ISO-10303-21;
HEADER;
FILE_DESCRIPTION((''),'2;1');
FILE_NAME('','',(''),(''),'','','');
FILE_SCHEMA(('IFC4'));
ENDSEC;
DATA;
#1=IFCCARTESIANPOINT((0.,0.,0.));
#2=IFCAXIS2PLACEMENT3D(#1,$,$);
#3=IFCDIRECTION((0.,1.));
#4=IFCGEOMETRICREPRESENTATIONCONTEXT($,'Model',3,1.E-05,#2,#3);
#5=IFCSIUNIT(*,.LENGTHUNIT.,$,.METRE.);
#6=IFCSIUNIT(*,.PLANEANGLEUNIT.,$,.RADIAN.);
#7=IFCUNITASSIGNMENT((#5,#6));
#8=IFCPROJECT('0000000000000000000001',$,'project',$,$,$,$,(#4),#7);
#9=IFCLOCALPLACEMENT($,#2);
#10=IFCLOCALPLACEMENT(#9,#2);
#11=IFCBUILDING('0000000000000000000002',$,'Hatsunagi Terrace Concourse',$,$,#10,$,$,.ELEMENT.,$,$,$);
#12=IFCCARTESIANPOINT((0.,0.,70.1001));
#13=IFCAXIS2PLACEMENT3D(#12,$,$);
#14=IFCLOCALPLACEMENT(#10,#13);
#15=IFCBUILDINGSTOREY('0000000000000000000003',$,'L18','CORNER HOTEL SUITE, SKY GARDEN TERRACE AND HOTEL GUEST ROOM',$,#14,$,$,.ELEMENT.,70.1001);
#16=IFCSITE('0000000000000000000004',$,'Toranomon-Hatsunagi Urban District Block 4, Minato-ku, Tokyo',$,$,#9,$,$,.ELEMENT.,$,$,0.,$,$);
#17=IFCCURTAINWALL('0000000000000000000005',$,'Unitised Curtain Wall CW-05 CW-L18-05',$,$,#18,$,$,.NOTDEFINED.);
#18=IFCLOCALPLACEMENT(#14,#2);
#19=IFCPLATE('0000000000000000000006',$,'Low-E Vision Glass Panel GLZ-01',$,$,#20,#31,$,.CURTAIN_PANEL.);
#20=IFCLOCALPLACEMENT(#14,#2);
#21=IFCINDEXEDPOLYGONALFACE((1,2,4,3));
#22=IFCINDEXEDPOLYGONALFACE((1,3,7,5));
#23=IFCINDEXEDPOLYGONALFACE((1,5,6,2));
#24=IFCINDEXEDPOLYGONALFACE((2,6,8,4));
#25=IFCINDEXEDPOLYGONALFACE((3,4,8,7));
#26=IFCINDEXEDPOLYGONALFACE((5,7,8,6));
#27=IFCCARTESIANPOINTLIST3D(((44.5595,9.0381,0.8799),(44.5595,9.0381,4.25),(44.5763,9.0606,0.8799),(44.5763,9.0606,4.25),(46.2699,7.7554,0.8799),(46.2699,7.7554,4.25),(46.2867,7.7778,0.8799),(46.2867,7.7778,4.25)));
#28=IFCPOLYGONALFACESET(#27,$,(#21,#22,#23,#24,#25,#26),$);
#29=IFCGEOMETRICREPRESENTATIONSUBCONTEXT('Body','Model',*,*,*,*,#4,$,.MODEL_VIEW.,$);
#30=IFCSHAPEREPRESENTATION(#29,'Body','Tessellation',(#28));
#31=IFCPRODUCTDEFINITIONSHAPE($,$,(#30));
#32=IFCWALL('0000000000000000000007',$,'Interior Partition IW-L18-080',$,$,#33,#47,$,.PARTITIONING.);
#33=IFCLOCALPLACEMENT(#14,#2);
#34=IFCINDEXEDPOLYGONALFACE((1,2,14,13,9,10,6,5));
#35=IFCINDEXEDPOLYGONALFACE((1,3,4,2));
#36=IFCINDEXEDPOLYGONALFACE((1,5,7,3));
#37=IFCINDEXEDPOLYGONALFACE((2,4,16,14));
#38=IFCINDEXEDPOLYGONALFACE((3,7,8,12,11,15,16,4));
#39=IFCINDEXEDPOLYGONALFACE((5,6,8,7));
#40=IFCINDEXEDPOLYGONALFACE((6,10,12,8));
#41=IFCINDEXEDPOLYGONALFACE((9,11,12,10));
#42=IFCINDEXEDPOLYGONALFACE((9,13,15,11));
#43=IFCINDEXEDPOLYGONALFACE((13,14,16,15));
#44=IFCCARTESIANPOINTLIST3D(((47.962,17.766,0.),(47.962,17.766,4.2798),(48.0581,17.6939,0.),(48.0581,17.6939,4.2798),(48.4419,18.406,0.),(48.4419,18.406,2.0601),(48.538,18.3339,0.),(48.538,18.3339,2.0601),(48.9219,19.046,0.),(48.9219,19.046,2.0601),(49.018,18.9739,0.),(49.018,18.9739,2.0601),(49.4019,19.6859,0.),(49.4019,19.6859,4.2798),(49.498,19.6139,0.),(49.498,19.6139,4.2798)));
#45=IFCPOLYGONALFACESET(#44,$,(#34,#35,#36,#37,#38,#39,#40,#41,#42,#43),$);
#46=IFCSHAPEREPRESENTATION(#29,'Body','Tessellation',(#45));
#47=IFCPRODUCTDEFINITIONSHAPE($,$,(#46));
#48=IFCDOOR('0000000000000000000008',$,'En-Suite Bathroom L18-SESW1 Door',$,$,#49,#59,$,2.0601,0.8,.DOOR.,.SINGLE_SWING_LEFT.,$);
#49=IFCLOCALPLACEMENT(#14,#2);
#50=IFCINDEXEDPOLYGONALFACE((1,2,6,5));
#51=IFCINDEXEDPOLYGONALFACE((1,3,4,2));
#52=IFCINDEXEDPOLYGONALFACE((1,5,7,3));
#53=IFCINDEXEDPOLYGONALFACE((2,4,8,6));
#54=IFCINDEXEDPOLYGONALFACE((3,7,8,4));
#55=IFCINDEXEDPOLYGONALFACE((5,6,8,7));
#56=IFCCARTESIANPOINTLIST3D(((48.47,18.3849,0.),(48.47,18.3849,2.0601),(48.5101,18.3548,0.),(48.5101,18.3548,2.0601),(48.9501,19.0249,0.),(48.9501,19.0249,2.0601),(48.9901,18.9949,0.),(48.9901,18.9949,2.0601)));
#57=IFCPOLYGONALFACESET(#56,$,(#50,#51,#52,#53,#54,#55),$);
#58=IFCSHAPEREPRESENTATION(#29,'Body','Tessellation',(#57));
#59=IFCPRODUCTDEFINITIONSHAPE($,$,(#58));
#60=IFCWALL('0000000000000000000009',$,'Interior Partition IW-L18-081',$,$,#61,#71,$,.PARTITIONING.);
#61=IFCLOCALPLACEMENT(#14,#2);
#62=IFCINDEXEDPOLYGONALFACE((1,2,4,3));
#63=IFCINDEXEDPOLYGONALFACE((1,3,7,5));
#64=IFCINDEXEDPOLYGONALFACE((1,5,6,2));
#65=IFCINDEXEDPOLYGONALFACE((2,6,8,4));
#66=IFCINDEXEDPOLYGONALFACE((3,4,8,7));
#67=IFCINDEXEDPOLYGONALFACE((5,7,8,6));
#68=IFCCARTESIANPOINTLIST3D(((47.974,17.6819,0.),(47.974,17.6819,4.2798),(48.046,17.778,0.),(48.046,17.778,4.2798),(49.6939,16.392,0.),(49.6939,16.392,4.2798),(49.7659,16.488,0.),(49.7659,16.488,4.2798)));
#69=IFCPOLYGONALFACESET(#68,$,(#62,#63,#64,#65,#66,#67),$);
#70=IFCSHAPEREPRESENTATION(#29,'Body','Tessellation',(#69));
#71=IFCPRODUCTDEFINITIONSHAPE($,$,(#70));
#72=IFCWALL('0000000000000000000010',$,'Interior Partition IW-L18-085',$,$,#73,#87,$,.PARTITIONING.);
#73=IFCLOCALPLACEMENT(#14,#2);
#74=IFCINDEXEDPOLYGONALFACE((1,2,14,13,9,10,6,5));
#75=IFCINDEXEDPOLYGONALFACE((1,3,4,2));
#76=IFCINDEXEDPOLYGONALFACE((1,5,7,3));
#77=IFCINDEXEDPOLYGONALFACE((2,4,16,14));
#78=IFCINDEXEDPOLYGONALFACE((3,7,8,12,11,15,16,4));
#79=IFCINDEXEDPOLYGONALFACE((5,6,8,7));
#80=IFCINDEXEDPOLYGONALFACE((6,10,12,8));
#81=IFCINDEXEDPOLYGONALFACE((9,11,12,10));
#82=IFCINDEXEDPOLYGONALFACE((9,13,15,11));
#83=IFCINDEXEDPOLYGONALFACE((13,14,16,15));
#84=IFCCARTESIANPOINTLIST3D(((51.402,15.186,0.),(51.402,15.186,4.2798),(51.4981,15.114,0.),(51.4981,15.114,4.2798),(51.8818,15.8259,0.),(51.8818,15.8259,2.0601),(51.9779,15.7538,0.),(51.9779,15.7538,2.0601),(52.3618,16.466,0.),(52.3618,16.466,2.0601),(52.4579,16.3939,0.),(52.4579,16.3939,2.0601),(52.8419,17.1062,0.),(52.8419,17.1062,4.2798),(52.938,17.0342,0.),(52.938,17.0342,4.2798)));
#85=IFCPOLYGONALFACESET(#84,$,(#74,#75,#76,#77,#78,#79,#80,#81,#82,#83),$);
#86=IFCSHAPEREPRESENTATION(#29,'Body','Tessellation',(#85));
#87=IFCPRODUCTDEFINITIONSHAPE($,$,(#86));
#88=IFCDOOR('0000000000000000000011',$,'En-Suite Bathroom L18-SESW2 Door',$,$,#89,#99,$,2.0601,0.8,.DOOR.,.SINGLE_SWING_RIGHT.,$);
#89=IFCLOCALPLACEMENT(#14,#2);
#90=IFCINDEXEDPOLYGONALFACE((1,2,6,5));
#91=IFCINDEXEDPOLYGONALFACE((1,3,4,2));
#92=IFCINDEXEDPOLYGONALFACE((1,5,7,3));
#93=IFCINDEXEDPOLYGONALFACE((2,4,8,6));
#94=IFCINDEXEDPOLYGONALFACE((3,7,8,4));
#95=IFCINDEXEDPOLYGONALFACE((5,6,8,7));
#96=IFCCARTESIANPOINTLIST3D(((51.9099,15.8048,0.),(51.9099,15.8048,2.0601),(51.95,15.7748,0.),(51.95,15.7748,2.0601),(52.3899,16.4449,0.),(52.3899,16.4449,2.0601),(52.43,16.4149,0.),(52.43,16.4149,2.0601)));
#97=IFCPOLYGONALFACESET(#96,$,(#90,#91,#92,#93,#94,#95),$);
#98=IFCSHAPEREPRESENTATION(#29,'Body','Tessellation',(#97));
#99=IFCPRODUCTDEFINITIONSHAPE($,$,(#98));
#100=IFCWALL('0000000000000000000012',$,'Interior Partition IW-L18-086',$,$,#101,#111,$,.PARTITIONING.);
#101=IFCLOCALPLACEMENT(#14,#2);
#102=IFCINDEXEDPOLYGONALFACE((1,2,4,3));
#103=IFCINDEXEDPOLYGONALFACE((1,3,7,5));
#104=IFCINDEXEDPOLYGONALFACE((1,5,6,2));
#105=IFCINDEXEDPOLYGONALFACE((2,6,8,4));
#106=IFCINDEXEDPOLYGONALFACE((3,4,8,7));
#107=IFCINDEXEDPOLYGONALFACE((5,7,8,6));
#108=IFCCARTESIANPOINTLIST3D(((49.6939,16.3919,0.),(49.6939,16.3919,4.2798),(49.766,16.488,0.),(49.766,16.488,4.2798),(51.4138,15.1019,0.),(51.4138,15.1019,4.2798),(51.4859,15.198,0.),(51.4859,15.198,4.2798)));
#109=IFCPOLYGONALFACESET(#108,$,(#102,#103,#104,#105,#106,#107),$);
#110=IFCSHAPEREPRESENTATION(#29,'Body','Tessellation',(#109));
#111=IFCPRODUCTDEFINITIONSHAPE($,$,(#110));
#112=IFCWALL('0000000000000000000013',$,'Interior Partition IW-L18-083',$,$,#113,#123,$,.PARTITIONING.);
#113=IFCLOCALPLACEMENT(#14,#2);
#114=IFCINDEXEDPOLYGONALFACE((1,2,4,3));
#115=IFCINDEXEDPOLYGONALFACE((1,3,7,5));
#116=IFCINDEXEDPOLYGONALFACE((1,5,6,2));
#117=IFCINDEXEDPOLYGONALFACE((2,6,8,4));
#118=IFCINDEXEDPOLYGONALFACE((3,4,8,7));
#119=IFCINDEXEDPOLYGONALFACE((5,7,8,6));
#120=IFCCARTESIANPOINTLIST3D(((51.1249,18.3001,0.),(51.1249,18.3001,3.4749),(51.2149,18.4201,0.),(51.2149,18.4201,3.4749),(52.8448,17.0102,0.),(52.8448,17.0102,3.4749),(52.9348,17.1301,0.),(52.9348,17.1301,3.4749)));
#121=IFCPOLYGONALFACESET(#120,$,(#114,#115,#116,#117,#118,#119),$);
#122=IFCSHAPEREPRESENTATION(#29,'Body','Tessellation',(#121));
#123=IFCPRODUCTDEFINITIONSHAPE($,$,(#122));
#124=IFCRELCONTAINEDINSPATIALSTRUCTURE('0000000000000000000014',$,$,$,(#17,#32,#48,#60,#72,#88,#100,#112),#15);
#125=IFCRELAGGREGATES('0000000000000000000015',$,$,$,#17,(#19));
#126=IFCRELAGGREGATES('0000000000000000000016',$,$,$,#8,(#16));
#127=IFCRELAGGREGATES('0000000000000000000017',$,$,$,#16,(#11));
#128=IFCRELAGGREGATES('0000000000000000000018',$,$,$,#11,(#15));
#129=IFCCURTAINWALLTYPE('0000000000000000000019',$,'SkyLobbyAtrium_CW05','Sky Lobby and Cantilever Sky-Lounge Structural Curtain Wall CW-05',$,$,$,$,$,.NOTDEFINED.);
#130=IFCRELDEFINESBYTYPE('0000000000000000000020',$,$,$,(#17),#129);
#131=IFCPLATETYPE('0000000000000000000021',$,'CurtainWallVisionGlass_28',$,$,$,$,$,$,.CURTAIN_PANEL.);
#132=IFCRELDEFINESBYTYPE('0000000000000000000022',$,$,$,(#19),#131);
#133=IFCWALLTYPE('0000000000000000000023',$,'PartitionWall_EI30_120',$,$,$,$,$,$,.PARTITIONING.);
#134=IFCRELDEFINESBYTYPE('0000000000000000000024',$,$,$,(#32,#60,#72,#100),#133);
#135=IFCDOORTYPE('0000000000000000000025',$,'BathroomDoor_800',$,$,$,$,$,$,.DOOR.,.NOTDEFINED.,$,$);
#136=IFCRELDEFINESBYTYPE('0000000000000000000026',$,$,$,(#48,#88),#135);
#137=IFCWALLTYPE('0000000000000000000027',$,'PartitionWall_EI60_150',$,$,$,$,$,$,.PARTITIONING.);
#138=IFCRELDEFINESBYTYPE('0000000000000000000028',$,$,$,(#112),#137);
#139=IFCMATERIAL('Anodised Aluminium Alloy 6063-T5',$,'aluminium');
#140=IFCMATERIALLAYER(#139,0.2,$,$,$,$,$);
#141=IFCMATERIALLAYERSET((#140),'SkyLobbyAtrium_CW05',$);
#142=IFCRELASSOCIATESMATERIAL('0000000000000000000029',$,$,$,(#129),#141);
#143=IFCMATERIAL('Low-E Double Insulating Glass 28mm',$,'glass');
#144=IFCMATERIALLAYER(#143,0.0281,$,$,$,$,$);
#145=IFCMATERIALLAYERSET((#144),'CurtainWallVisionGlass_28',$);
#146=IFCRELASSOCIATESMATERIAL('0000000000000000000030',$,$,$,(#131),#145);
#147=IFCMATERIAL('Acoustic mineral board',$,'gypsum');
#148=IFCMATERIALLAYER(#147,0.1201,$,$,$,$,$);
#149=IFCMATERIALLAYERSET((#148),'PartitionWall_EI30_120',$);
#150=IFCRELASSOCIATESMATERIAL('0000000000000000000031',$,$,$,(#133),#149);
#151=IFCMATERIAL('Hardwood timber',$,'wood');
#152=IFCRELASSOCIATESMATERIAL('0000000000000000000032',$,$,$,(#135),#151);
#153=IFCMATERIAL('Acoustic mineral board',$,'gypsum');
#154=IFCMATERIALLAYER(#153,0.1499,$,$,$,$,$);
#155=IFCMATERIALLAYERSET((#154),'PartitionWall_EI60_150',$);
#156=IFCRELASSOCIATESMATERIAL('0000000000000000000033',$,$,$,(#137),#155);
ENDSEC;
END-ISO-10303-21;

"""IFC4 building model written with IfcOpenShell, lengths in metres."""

from ifc_helpers import new_model, si_unit, direction, frame, frame_2d, origin, origin_2d, place, context, subcontext, project, spatial, rectangle, extrude, material, layer, layer_set, type_object, element, fill, aggregate, save


model = new_model("IFC4")

# Units and contexts
model_context = context("Model", 3, precision=1e-05, world=origin(), true_north=direction((0.0, 1.0)))
body_context = subcontext(model_context, "Body", "Model", "MODEL_VIEW")
ifc_project = project(units=[si_unit("LENGTHUNIT", "METRE"), si_unit("PLANEANGLEUNIT", "RADIAN")], contexts=[model_context])

# Site, building, storey
site_placement = place(None, origin())
site = spatial("IfcSite", under=ifc_project, at=site_placement, Name="Toranomon-Hatsunagi Urban District Block 4, Minato-ku, Tokyo", CompositionType="ELEMENT", RefElevation=0.0)
building_placement = place(site_placement, origin())
building = spatial("IfcBuilding", under=site, at=building_placement, Name="Hatsunagi Terrace Concourse", CompositionType="ELEMENT")
storey_placement = place(building_placement, frame((0.0, 0.0, 70.1001)))
storey = spatial("IfcBuildingStorey", under=building, at=storey_placement, Name="L18", Description="CORNER HOTEL SUITE, SKY GARDEN TERRACE AND HOTEL GUEST ROOM", CompositionType="ELEMENT", Elevation=70.1001)

# Curtain wall
ifc_material_1 = material(Name="Anodised Aluminium Alloy 6063-T5", Category="aluminium")
ifc_layer_1 = layer(ifc_material_1, 0.2)
ifc_layer_set_1 = layer_set([ifc_layer_1], Name="SkyLobbyAtrium_CW05")
curtain_wall_type = type_object("IfcCurtainWallType", Name="SkyLobbyAtrium_CW05", Description="Sky Lobby and Cantilever Sky-Lounge Structural Curtain Wall CW-05", PredefinedType="NOTDEFINED", material=ifc_layer_set_1)
curtain_wall_placement = place(storey_placement, origin())
curtain_wall = element("IfcCurtainWall", 1, at=curtain_wall_placement, inside=storey, type_object=curtain_wall_type, Name="Unitised Curtain Wall CW-05 CW-L18-05", PredefinedType="NOTDEFINED")

# Plate
ifc_material_2 = material(Name="Low-E Double Insulating Glass 28mm", Category="glass")
ifc_layer_2 = layer(ifc_material_2, 0.0281)
ifc_layer_set_2 = layer_set([ifc_layer_2], Name="CurtainWallVisionGlass_28")
plate_type_1 = type_object("IfcPlateType", Name="CurtainWallVisionGlass_28", PredefinedType="CURTAIN_PANEL", material=ifc_layer_set_2)
plate_1_placement = place(storey_placement, frame((45.4231, 8.408, 0.8799), z_axis=(0.0, 0.0, 1.0), x_axis=(-0.800003, 0.599996, 0.0)))
plate_1 = element("IfcPlate", 2, at=plate_1_placement, type_object=plate_type_1, Name="Low-E Vision Glass Panel GLZ-01", PredefinedType="CURTAIN_PANEL", context=body_context, shape_type="SweptSolid", body=[
    extrude(rectangle(XDim=2.1379, YDim=0.0281, at=origin_2d()), origin(), (0.0, 0.0, 1.0), 3.3701),
])
aggregate(curtain_wall, [plate_1])

# Wall, opening, door
ifc_material_3 = material(Name="Acoustic mineral board", Category="gypsum")
ifc_layer_3 = layer(ifc_material_3, 0.1201)
ifc_layer_set_3 = layer_set([ifc_layer_3], Name="PartitionWall_EI30_120")
wall_type_1 = type_object("IfcWallType", Name="PartitionWall_EI30_120", PredefinedType="PARTITIONING", material=ifc_layer_set_3)
wall_1_placement = place(storey_placement, frame((48.01, 17.73, 0.0), z_axis=(0.0, 0.0, 1.0), x_axis=(0.6, 0.8, 0.0)))
wall_1 = element("IfcWall", 3, at=wall_1_placement, inside=storey, type_object=wall_type_1, Name="Interior Partition IW-L18-080", PredefinedType="PARTITIONING", context=body_context, shape_type="SweptSolid", body=[
    extrude(rectangle(XDim=2.3999, YDim=0.1201, at=frame_2d((1.2, 0.0))), origin(), (0.0, 0.0, 1.0), 4.2798),
])
opening_1_placement = place(wall_1_placement, frame((0.8, 0.0, 0.0)))
opening_1 = element("IfcOpeningElement", 4, at=opening_1_placement, cuts=wall_1, PredefinedType="OPENING", context=body_context, shape_type="SweptSolid", body=[
    extrude(rectangle(XDim=0.8, YDim=2.0601, at=frame_2d((0.3999, 1.03))), frame((0.0, 0.0701, 0.0), z_axis=(0.0, -1.0, 0.0), x_axis=(1.0, 0.0, 0.0)), (0.0, 0.0, 1.0), 0.1401),
])
ifc_material_4 = material(Name="Hardwood timber", Category="wood")
door_type = type_object("IfcDoorType", Name="BathroomDoor_800", OperationType="NOTDEFINED", PredefinedType="DOOR", material=ifc_material_4)
door_1_placement = place(opening_1_placement, origin())
door_1 = element("IfcDoor", 5, at=door_1_placement, inside=storey, type_object=door_type, Name="En-Suite Bathroom L18-SESW1 Door", OperationType="SINGLE_SWING_LEFT", OverallHeight=2.0601, OverallWidth=0.8, PredefinedType="DOOR", context=body_context, shape_type="SweptSolid", body=[
    extrude(rectangle(XDim=0.8, YDim=2.0601, at=frame_2d((0.3999, 1.03))), frame((0.0, 0.0249, 0.0), z_axis=(0.0, -1.0, 0.0), x_axis=(1.0, 0.0, 0.0)), (0.0, 0.0, 1.0), 0.05),
])
fill(opening_1, door_1)

# Wall
wall_2_placement = place(storey_placement, frame((48.01, 17.73, 0.0), z_axis=(0.0, 0.0, 1.0), x_axis=(0.799986, -0.600018, 0.0)))
element("IfcWall", 6, at=wall_2_placement, inside=storey, type_object=wall_type_1, Name="Interior Partition IW-L18-081", PredefinedType="PARTITIONING", context=body_context, shape_type="SweptSolid", body=[
    extrude(rectangle(XDim=2.1499, YDim=0.1201, at=frame_2d((1.075, 0.0))), origin(), (0.0, 0.0, 1.0), 4.2798),
])

# Wall, opening, door
wall_3_placement = place(storey_placement, frame((51.45, 15.1499, 0.0), z_axis=(0.0, 0.0, 1.0), x_axis=(0.599951, 0.800037, 0.0)))
wall_3 = element("IfcWall", 7, at=wall_3_placement, inside=storey, type_object=wall_type_1, Name="Interior Partition IW-L18-085", PredefinedType="PARTITIONING", context=body_context, shape_type="SweptSolid", body=[
    extrude(rectangle(XDim=2.4001, YDim=0.1201, at=frame_2d((1.2002, 0.0))), origin(), (0.0, 0.0, 1.0), 4.2798),
])
opening_2_placement = place(wall_3_placement, frame((0.8, 0.0, 0.0)))
opening_2 = element("IfcOpeningElement", 8, at=opening_2_placement, cuts=wall_3, PredefinedType="OPENING", context=body_context, shape_type="SweptSolid", body=[
    extrude(rectangle(XDim=0.8, YDim=2.0601, at=frame_2d((0.3999, 1.03))), frame((0.0, 0.0701, 0.0), z_axis=(0.0, -1.0, 0.0), x_axis=(1.0, 0.0, 0.0)), (0.0, 0.0, 1.0), 0.1401),
])
door_2_placement = place(opening_2_placement, origin())
door_2 = element("IfcDoor", 9, at=door_2_placement, inside=storey, type_object=door_type, Name="En-Suite Bathroom L18-SESW2 Door", OperationType="SINGLE_SWING_RIGHT", OverallHeight=2.0601, OverallWidth=0.8, PredefinedType="DOOR", context=body_context, shape_type="SweptSolid", body=[
    extrude(rectangle(XDim=0.8, YDim=2.0601, at=frame_2d((0.3999, 1.03))), frame((0.0, 0.0249, 0.0), z_axis=(0.0, -1.0, 0.0), x_axis=(1.0, 0.0, 0.0)), (0.0, 0.0, 1.0), 0.05),
])
fill(opening_2, door_2)

# Walls
wall_4_placement = place(storey_placement, frame((49.73, 16.4399, 0.0), z_axis=(0.0, 0.0, 1.0), x_axis=(0.799986, -0.600018, 0.0)))
element("IfcWall", 10, at=wall_4_placement, inside=storey, type_object=wall_type_1, Name="Interior Partition IW-L18-086", PredefinedType="PARTITIONING", context=body_context, shape_type="SweptSolid", body=[
    extrude(rectangle(XDim=2.1499, YDim=0.1201, at=frame_2d((1.075, 0.0))), origin(), (0.0, 0.0, 1.0), 4.2798),
])
ifc_material_5 = material(Name="Acoustic mineral board", Category="gypsum")
ifc_layer_4 = layer(ifc_material_5, 0.1499)
ifc_layer_set_4 = layer_set([ifc_layer_4], Name="PartitionWall_EI60_150")
wall_type_2 = type_object("IfcWallType", Name="PartitionWall_EI60_150", PredefinedType="PARTITIONING", material=ifc_layer_set_4)
wall_5_placement = place(storey_placement, frame((51.1699, 18.3601, 0.0), z_axis=(0.0, 0.0, 1.0), x_axis=(0.799986, -0.600018, 0.0)))
element("IfcWall", 11, at=wall_5_placement, inside=storey, type_object=wall_type_2, Name="Interior Partition IW-L18-083", PredefinedType="PARTITIONING", context=body_context, shape_type="SweptSolid", body=[
    extrude(rectangle(XDim=2.1499, YDim=0.1499, at=frame_2d((1.075, 0.0))), origin(), (0.0, 0.0, 1.0), 3.4749),
])

save(model, "model.ifc")
